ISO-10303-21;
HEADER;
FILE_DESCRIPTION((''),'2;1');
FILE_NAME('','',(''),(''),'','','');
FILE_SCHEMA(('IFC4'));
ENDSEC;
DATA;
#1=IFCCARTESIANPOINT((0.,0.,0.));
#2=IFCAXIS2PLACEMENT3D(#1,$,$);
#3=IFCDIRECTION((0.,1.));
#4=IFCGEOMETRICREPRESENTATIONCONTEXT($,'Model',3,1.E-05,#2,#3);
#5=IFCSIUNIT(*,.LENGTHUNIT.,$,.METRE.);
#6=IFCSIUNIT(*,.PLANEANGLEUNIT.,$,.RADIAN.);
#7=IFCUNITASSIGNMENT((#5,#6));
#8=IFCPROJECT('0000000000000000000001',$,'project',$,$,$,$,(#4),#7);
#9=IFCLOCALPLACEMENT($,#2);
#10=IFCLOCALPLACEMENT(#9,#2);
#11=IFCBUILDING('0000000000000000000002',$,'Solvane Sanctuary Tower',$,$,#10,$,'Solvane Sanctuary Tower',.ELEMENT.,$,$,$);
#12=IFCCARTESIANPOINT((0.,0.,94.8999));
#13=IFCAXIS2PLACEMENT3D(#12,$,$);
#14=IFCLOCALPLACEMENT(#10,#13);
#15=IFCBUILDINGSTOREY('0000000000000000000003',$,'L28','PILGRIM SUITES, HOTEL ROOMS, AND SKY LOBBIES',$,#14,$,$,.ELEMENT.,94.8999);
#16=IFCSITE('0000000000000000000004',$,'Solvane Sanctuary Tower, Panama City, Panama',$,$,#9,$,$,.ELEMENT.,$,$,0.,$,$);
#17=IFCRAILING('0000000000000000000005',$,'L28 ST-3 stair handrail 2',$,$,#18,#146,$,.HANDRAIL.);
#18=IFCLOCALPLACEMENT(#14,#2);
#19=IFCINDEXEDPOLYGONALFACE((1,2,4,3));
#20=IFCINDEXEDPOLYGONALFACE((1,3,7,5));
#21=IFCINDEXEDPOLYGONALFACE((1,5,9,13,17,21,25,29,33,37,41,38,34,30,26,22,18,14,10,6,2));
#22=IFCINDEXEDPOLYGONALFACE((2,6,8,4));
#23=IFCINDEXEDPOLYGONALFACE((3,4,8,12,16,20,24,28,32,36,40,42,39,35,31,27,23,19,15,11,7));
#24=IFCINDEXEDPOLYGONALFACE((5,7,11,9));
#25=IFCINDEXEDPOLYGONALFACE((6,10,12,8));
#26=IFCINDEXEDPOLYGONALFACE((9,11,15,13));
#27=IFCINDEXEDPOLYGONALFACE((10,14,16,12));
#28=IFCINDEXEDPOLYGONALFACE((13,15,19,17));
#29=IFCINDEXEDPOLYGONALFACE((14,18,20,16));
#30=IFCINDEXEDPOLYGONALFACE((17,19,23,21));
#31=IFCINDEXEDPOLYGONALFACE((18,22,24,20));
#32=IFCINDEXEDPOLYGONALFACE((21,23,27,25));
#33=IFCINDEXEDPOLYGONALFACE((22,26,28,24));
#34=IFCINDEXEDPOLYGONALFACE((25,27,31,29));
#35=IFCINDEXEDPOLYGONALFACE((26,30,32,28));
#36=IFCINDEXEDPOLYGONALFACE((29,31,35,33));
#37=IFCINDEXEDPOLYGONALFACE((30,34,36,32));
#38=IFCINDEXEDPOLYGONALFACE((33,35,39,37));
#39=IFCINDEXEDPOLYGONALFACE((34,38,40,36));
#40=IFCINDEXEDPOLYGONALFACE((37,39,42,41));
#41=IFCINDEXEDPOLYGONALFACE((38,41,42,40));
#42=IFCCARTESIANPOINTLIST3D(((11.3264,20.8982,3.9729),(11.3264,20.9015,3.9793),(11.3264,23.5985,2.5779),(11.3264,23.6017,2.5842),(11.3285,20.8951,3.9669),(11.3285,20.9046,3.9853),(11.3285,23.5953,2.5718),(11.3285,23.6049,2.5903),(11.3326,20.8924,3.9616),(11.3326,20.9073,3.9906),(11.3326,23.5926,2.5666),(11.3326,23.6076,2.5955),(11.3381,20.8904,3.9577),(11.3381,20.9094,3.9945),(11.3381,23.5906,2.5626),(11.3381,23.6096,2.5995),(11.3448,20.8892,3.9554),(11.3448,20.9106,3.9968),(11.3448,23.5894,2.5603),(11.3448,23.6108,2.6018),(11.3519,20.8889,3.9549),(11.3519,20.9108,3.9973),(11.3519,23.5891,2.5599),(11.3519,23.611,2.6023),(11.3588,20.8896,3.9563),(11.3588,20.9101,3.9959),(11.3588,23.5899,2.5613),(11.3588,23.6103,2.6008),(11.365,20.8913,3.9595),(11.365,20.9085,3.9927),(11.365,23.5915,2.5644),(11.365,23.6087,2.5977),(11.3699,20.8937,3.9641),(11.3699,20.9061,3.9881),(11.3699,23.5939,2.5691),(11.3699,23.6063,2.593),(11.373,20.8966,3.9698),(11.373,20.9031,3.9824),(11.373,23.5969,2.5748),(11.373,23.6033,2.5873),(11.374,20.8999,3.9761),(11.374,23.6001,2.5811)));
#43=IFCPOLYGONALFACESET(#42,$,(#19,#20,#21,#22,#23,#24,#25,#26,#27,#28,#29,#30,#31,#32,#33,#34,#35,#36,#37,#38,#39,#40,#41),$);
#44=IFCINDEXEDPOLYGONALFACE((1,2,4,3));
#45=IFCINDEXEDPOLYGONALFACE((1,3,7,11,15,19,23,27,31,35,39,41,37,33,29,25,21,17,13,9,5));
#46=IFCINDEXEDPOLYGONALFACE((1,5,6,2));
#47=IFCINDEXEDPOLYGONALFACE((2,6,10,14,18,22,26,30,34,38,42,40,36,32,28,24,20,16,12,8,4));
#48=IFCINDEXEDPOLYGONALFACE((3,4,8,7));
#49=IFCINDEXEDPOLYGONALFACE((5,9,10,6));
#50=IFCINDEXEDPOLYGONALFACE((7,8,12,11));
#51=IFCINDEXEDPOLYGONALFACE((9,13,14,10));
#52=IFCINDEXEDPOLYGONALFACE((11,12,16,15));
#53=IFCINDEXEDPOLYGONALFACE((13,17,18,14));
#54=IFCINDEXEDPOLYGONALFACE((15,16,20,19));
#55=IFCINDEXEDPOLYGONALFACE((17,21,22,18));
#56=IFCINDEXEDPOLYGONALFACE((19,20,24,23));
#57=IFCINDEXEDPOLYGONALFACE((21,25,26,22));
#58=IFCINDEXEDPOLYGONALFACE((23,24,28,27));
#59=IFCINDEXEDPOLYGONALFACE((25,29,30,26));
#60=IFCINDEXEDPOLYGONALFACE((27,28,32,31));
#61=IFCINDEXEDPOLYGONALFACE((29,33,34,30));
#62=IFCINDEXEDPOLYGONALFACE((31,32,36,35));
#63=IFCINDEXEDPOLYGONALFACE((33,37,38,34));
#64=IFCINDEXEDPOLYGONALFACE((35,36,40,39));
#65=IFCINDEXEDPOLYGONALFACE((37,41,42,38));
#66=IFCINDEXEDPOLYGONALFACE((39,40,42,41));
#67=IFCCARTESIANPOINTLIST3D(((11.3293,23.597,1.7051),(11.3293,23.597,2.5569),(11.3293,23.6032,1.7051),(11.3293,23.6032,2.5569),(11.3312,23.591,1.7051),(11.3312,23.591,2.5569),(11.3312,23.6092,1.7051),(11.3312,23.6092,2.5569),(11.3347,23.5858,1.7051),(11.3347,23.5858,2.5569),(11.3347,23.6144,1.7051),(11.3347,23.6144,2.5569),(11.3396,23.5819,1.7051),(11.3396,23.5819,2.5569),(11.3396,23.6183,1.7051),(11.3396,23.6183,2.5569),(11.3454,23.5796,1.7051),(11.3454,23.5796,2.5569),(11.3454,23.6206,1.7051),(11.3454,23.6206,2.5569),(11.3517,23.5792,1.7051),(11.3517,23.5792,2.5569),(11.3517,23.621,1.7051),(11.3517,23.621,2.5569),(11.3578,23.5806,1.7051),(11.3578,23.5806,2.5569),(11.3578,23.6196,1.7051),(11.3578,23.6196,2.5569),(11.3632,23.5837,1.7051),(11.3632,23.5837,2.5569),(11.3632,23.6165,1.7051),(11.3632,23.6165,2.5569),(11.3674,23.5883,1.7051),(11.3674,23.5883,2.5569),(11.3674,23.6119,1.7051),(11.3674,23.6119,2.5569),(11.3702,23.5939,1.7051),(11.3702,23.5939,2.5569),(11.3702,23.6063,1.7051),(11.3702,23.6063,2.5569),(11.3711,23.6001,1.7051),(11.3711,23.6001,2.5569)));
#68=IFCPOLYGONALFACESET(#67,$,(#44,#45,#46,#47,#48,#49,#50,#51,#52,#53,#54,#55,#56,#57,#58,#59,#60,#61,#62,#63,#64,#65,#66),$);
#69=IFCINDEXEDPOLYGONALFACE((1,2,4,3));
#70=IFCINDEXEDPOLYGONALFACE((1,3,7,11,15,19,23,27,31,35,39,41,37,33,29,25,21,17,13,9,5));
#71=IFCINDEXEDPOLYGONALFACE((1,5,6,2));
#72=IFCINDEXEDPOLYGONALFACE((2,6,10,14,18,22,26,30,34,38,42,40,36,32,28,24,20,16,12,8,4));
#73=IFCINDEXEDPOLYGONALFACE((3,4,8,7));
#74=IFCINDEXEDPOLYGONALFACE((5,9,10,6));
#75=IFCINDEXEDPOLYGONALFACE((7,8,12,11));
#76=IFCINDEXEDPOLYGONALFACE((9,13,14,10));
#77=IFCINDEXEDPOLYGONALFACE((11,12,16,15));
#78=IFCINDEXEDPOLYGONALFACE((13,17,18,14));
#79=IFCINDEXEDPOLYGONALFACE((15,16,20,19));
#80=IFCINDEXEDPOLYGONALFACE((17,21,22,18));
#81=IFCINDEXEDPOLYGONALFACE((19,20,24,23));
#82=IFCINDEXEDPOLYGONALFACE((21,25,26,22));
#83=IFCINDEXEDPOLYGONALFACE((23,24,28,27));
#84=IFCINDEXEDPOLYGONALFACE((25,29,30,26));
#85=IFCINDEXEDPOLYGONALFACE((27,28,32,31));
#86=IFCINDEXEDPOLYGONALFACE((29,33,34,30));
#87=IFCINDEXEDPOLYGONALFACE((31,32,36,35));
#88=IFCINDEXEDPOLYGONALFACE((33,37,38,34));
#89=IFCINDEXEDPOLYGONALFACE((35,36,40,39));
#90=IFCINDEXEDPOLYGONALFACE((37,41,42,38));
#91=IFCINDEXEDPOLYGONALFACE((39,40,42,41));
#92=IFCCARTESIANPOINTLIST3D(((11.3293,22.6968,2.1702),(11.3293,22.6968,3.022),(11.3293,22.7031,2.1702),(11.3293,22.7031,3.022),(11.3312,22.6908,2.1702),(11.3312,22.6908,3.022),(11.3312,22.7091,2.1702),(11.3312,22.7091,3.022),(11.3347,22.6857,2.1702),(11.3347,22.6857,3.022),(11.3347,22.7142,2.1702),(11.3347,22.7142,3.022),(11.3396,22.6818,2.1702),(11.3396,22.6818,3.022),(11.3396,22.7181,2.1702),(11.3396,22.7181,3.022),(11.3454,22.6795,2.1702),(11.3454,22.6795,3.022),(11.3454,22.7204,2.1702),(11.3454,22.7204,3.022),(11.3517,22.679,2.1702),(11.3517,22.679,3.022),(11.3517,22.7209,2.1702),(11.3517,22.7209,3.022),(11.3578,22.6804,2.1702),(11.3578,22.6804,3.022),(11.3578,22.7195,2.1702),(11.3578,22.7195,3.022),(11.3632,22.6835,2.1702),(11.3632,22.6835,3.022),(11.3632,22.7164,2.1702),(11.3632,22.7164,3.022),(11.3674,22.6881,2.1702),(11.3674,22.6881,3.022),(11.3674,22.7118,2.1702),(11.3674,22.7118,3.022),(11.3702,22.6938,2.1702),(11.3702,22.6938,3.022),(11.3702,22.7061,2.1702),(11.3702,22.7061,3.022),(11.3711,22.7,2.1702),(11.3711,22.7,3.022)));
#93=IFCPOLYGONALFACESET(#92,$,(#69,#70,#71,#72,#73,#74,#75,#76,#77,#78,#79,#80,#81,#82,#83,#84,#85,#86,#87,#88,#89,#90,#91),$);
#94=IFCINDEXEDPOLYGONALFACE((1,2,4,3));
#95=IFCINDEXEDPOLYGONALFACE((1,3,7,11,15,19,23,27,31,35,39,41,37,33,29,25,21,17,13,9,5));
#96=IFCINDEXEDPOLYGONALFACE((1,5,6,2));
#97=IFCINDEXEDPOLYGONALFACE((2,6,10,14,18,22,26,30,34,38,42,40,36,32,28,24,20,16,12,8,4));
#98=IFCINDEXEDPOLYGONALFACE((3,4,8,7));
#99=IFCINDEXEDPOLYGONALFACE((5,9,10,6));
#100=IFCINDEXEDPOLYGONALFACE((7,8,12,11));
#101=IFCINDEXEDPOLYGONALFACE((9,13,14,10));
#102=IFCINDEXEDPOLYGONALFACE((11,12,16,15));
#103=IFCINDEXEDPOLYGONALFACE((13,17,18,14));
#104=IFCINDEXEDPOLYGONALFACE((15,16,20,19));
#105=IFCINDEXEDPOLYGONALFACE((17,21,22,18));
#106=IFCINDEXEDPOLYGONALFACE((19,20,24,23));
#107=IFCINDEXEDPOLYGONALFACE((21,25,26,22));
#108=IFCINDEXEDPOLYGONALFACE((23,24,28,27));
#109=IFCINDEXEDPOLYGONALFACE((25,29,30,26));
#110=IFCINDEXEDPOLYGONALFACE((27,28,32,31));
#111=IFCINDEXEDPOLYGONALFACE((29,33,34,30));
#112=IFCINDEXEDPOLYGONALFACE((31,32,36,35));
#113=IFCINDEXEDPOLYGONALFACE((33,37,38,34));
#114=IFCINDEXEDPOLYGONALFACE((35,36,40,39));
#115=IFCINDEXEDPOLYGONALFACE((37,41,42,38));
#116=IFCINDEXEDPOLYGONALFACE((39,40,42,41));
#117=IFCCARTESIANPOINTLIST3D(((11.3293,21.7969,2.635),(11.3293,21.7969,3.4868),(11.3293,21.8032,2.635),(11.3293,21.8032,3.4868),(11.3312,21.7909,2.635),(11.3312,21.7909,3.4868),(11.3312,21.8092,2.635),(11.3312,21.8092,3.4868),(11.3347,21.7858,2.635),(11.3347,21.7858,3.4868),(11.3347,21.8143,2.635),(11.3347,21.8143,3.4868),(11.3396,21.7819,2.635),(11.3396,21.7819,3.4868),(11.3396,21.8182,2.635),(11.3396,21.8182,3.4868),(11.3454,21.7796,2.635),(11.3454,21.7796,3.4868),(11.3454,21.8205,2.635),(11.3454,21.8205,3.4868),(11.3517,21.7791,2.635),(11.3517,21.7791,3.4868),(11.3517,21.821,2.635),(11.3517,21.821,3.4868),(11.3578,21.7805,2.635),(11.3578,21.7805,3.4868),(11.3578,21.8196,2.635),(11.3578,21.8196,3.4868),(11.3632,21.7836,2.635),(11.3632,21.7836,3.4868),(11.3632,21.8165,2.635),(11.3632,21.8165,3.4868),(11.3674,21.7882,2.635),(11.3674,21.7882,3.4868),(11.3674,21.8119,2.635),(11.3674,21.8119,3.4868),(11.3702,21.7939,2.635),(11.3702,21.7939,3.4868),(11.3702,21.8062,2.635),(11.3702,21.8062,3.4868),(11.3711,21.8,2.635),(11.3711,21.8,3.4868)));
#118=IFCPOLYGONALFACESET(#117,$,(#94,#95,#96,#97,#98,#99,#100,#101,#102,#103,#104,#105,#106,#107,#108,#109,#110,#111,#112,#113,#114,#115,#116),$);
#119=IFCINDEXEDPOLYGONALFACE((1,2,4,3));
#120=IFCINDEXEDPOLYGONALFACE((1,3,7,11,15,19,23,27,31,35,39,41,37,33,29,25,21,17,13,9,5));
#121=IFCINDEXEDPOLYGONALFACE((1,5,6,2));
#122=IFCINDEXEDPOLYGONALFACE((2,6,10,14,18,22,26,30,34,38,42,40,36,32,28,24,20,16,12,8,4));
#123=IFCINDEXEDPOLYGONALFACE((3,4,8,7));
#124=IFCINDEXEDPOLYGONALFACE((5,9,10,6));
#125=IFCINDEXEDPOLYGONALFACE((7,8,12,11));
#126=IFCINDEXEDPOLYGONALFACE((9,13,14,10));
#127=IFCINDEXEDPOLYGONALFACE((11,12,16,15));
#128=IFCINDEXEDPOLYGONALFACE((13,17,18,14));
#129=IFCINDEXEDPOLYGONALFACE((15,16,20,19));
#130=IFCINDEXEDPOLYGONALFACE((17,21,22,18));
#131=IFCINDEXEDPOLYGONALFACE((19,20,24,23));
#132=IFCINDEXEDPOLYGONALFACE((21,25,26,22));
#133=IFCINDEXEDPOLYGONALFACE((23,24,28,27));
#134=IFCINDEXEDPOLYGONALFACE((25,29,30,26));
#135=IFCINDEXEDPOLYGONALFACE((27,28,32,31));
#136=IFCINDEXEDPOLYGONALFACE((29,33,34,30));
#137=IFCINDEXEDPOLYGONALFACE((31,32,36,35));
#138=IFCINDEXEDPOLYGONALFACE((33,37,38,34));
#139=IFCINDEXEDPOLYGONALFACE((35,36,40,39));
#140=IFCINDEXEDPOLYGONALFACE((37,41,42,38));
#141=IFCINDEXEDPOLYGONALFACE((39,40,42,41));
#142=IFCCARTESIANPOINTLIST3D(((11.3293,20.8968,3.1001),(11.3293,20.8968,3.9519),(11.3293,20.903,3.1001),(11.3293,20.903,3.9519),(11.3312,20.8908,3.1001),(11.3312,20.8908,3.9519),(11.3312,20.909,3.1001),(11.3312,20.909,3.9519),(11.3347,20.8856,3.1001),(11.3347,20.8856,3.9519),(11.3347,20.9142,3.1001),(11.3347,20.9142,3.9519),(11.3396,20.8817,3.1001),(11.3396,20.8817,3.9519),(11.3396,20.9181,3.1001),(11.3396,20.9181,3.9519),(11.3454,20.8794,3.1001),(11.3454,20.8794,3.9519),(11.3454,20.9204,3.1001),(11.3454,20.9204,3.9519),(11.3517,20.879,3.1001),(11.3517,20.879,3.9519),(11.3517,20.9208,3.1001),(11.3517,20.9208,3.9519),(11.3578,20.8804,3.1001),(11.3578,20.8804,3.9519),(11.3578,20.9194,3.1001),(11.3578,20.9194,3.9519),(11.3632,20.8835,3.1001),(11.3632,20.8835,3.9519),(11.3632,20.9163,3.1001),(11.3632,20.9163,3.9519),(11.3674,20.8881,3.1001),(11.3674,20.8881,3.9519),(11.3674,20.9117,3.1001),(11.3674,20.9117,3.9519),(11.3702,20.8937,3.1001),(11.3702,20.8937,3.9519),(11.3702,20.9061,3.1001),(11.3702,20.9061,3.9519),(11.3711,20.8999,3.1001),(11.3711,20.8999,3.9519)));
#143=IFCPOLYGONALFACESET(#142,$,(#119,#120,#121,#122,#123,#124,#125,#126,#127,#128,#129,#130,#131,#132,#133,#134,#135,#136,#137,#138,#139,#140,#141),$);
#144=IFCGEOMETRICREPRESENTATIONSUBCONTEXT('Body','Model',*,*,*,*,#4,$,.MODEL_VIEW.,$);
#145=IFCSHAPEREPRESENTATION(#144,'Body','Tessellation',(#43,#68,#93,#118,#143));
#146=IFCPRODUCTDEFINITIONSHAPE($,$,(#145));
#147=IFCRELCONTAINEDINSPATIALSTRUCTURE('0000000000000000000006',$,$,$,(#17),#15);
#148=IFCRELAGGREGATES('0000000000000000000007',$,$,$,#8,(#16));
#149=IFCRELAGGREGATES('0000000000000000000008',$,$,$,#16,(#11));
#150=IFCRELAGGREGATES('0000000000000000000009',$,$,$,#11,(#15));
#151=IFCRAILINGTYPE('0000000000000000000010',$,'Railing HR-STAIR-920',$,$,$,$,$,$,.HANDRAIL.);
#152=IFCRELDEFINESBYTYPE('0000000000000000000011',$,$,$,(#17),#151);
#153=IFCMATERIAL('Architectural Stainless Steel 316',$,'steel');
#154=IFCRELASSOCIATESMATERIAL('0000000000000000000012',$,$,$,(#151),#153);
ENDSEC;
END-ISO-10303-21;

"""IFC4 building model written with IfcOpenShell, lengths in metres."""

from ifc_helpers import new_model, si_unit, direction, frame, origin, origin_2d, place, context, subcontext, project, spatial, circle, extrude, material, type_object, element, save


model = new_model("IFC4")

# Units and contexts
model_context = context("Model", 3, precision=1e-05, world=origin(), true_north=direction((0.0, 1.0)))
body_context = subcontext(model_context, "Body", "Model", "MODEL_VIEW")
ifc_project = project(units=[si_unit("LENGTHUNIT", "METRE"), si_unit("PLANEANGLEUNIT", "RADIAN")], contexts=[model_context])

# Site, building, storey
site_placement = place(None, origin())
site = spatial("IfcSite", under=ifc_project, at=site_placement, Name="Solvane Sanctuary Tower, Panama City, Panama", CompositionType="ELEMENT", RefElevation=0.0)
building_placement = place(site_placement, origin())
building = spatial("IfcBuilding", under=site, at=building_placement, Name="Solvane Sanctuary Tower", LongName="Solvane Sanctuary Tower", CompositionType="ELEMENT")
storey_placement = place(building_placement, frame((0.0, 0.0, 94.8999)))
storey = spatial("IfcBuildingStorey", under=building, at=storey_placement, Name="L28", Description="PILGRIM SUITES, HOTEL ROOMS, AND SKY LOBBIES", CompositionType="ELEMENT", Elevation=94.8999)

# Shared definitions
ifc_material_1 = material(Name="Architectural Stainless Steel 316", Category="steel")

# Railing
railing_type_1 = type_object("IfcRailingType", Name="Railing HR-STAIR-920", PredefinedType="HANDRAIL", material=ifc_material_1)
railing_1_placement = place(storey_placement, frame((11.3501, 23.6001, 1.7051)))
element("IfcRailing", 1, at=railing_1_placement, inside=storey, type_object=railing_type_1, Name="L28 ST-3 stair handrail 2", PredefinedType="HANDRAIL", context=body_context, shape_type="SweptSolid", body=[
    extrude(circle(Radius=0.0239, at=origin_2d()), frame((0.0, 0.0, 0.876), z_axis=(0.0, -0.888437, 0.458999), x_axis=(1.0, 0.0, 0.0)), (0.0, 0.0, 1.0), 3.0393),
    extrude(circle(Radius=0.021, at=origin_2d()), origin(), (0.0, 0.0, 1.0), 0.8518),
    extrude(circle(Radius=0.021, at=origin_2d()), frame((0.0, -0.9001, 0.4651)), (0.0, 0.0, 1.0), 0.8518),
    extrude(circle(Radius=0.021, at=origin_2d()), frame((0.0, -1.8, 0.9299)), (0.0, 0.0, 1.0), 0.8518),
    extrude(circle(Radius=0.021, at=origin_2d()), frame((0.0, -2.7002, 1.395)), (0.0, 0.0, 1.0), 0.8518),
])

save(model, "model.ifc")
